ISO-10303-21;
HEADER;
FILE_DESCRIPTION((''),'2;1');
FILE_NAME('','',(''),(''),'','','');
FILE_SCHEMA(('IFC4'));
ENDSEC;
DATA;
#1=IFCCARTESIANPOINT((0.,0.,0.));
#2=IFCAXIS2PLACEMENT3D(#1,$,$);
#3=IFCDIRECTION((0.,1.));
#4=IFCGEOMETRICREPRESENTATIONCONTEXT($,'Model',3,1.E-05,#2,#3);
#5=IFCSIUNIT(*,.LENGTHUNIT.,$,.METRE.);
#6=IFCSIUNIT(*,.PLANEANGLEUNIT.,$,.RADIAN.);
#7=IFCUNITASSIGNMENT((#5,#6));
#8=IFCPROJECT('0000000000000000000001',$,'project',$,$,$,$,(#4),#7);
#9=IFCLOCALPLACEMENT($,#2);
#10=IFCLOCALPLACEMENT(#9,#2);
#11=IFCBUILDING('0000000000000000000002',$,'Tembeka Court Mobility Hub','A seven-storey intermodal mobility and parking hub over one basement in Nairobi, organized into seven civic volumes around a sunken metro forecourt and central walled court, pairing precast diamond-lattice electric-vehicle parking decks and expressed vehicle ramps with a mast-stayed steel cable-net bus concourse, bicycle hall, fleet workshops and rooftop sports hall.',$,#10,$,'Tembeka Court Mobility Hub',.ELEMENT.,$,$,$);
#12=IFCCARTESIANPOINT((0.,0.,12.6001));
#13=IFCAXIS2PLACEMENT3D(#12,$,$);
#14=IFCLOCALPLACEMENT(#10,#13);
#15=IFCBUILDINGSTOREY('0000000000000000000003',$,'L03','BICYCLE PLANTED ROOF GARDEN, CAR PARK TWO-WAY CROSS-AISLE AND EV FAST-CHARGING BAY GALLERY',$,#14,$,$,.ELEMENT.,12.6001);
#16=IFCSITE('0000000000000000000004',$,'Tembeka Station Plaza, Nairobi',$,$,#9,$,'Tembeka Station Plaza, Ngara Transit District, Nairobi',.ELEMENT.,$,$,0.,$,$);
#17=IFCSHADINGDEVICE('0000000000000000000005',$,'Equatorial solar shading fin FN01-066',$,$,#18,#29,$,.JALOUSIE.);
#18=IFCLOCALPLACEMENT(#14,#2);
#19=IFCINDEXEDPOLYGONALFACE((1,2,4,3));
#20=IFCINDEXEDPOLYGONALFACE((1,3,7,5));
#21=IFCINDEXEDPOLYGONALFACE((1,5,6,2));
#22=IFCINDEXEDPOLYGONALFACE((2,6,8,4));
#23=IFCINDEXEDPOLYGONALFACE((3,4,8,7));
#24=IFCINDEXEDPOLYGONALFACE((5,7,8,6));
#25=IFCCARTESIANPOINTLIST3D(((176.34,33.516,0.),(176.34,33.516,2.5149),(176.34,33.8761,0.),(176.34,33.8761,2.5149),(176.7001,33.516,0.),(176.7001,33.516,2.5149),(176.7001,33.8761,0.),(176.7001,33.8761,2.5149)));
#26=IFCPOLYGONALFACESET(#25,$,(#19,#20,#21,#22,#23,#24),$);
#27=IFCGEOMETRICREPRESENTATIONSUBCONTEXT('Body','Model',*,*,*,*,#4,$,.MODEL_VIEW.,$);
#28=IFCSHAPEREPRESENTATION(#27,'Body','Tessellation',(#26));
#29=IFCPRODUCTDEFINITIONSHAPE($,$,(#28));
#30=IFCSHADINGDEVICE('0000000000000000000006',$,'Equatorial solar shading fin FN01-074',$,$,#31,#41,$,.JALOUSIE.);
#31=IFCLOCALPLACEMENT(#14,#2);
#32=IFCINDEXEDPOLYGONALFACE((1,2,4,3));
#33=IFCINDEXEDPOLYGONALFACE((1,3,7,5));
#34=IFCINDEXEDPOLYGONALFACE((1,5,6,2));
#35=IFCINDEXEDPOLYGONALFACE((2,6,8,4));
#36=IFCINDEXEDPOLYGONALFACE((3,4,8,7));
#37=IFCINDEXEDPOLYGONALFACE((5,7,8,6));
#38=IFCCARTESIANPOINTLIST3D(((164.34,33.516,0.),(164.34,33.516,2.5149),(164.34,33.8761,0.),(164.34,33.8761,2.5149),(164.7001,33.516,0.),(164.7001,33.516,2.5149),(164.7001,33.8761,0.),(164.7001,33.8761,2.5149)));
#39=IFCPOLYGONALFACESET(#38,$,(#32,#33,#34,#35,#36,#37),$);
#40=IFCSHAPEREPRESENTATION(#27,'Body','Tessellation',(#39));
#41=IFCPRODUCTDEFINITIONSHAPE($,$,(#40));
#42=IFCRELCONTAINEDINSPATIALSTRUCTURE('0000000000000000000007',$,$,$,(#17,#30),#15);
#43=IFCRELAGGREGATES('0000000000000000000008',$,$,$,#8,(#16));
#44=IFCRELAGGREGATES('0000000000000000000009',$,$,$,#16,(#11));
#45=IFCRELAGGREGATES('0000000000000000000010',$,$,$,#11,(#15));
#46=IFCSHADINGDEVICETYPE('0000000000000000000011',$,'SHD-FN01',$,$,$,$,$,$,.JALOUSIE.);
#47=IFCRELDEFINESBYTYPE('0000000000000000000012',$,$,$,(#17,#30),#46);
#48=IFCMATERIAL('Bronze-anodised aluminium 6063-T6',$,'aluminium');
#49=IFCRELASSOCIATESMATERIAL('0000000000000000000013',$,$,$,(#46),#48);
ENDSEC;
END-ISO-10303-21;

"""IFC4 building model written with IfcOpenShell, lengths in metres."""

from ifc_helpers import new_model, si_unit, direction, frame, origin, origin_2d, place, context, subcontext, project, spatial, rectangle, extrude, material, material_profile, profile_set, type_object, element, save


model = new_model("IFC4")

# Units and contexts
model_context = context("Model", 3, precision=1e-05, world=origin(), true_north=direction((0.0, 1.0)))
body_context = subcontext(model_context, "Body", "Model", "MODEL_VIEW")
ifc_project = project(units=[si_unit("LENGTHUNIT", "METRE"), si_unit("PLANEANGLEUNIT", "RADIAN")], contexts=[model_context])

# Site, building, storey
site_placement = place(None, origin())
site = spatial("IfcSite", under=ifc_project, at=site_placement, Name="Tembeka Station Plaza, Nairobi", LongName="Tembeka Station Plaza, Ngara Transit District, Nairobi", CompositionType="ELEMENT", RefElevation=0.0)
building_placement = place(site_placement, origin())
building = spatial("IfcBuilding", under=site, at=building_placement, Name="Tembeka Court Mobility Hub", Description="A seven-storey intermodal mobility and parking hub over one basement in Nairobi, organized into seven civic volumes around a sunken metro forecourt and central walled court, pairing precast diamond-lattice electric-vehicle parking decks and expressed vehicle ramps with a mast-stayed steel cable-net bus concourse, bicycle hall, fleet workshops and rooftop sports hall.", LongName="Tembeka Court Mobility Hub", CompositionType="ELEMENT")
storey_placement = place(building_placement, frame((0.0, 0.0, 12.6001)))
storey = spatial("IfcBuildingStorey", under=building, at=storey_placement, Name="L03", Description="BICYCLE PLANTED ROOF GARDEN, CAR PARK TWO-WAY CROSS-AISLE AND EV FAST-CHARGING BAY GALLERY", CompositionType="ELEMENT", Elevation=12.6001)

# Shading devices
ifc_material_1 = material(Name="Bronze-anodised aluminium 6063-T6", Category="aluminium")
ifc_material_profile_1 = material_profile(ifc_material_1, rectangle(XDim=0.3601, YDim=0.3601, at=origin_2d()), Name="ALU-FIN 360x360")
ifc_profile_set_1 = profile_set([ifc_material_profile_1], Name="Bronze-anodised aluminium 6063-T6")
shading_device_type = type_object("IfcShadingDeviceType", Name="SHD-FN01", PredefinedType="JALOUSIE", material=ifc_profile_set_1)
for number, where, z_axis, x_axis, name in (
    (1, (176.52, 33.696, 0.0), (0.0, 0.0, 1.0), (1.0, 0.0, 0.0), "Equatorial solar shading fin FN01-066"),
    (2, (164.52, 33.696, 0.0), (0.0, 0.0, 1.0), (1.0, 0.0, 0.0), "Equatorial solar shading fin FN01-074"),
):
    element("IfcShadingDevice", number, at=place(storey_placement, frame(where, z_axis=z_axis, x_axis=x_axis)), inside=storey, type_object=shading_device_type, Name=name, PredefinedType="JALOUSIE", context=body_context, shape_type="SweptSolid", body=[
        extrude(rectangle(XDim=0.3601, YDim=0.3601, at=origin_2d()), origin(), (0.0, 0.0, 1.0), 2.5149),
    ])

save(model, "model.ifc")
